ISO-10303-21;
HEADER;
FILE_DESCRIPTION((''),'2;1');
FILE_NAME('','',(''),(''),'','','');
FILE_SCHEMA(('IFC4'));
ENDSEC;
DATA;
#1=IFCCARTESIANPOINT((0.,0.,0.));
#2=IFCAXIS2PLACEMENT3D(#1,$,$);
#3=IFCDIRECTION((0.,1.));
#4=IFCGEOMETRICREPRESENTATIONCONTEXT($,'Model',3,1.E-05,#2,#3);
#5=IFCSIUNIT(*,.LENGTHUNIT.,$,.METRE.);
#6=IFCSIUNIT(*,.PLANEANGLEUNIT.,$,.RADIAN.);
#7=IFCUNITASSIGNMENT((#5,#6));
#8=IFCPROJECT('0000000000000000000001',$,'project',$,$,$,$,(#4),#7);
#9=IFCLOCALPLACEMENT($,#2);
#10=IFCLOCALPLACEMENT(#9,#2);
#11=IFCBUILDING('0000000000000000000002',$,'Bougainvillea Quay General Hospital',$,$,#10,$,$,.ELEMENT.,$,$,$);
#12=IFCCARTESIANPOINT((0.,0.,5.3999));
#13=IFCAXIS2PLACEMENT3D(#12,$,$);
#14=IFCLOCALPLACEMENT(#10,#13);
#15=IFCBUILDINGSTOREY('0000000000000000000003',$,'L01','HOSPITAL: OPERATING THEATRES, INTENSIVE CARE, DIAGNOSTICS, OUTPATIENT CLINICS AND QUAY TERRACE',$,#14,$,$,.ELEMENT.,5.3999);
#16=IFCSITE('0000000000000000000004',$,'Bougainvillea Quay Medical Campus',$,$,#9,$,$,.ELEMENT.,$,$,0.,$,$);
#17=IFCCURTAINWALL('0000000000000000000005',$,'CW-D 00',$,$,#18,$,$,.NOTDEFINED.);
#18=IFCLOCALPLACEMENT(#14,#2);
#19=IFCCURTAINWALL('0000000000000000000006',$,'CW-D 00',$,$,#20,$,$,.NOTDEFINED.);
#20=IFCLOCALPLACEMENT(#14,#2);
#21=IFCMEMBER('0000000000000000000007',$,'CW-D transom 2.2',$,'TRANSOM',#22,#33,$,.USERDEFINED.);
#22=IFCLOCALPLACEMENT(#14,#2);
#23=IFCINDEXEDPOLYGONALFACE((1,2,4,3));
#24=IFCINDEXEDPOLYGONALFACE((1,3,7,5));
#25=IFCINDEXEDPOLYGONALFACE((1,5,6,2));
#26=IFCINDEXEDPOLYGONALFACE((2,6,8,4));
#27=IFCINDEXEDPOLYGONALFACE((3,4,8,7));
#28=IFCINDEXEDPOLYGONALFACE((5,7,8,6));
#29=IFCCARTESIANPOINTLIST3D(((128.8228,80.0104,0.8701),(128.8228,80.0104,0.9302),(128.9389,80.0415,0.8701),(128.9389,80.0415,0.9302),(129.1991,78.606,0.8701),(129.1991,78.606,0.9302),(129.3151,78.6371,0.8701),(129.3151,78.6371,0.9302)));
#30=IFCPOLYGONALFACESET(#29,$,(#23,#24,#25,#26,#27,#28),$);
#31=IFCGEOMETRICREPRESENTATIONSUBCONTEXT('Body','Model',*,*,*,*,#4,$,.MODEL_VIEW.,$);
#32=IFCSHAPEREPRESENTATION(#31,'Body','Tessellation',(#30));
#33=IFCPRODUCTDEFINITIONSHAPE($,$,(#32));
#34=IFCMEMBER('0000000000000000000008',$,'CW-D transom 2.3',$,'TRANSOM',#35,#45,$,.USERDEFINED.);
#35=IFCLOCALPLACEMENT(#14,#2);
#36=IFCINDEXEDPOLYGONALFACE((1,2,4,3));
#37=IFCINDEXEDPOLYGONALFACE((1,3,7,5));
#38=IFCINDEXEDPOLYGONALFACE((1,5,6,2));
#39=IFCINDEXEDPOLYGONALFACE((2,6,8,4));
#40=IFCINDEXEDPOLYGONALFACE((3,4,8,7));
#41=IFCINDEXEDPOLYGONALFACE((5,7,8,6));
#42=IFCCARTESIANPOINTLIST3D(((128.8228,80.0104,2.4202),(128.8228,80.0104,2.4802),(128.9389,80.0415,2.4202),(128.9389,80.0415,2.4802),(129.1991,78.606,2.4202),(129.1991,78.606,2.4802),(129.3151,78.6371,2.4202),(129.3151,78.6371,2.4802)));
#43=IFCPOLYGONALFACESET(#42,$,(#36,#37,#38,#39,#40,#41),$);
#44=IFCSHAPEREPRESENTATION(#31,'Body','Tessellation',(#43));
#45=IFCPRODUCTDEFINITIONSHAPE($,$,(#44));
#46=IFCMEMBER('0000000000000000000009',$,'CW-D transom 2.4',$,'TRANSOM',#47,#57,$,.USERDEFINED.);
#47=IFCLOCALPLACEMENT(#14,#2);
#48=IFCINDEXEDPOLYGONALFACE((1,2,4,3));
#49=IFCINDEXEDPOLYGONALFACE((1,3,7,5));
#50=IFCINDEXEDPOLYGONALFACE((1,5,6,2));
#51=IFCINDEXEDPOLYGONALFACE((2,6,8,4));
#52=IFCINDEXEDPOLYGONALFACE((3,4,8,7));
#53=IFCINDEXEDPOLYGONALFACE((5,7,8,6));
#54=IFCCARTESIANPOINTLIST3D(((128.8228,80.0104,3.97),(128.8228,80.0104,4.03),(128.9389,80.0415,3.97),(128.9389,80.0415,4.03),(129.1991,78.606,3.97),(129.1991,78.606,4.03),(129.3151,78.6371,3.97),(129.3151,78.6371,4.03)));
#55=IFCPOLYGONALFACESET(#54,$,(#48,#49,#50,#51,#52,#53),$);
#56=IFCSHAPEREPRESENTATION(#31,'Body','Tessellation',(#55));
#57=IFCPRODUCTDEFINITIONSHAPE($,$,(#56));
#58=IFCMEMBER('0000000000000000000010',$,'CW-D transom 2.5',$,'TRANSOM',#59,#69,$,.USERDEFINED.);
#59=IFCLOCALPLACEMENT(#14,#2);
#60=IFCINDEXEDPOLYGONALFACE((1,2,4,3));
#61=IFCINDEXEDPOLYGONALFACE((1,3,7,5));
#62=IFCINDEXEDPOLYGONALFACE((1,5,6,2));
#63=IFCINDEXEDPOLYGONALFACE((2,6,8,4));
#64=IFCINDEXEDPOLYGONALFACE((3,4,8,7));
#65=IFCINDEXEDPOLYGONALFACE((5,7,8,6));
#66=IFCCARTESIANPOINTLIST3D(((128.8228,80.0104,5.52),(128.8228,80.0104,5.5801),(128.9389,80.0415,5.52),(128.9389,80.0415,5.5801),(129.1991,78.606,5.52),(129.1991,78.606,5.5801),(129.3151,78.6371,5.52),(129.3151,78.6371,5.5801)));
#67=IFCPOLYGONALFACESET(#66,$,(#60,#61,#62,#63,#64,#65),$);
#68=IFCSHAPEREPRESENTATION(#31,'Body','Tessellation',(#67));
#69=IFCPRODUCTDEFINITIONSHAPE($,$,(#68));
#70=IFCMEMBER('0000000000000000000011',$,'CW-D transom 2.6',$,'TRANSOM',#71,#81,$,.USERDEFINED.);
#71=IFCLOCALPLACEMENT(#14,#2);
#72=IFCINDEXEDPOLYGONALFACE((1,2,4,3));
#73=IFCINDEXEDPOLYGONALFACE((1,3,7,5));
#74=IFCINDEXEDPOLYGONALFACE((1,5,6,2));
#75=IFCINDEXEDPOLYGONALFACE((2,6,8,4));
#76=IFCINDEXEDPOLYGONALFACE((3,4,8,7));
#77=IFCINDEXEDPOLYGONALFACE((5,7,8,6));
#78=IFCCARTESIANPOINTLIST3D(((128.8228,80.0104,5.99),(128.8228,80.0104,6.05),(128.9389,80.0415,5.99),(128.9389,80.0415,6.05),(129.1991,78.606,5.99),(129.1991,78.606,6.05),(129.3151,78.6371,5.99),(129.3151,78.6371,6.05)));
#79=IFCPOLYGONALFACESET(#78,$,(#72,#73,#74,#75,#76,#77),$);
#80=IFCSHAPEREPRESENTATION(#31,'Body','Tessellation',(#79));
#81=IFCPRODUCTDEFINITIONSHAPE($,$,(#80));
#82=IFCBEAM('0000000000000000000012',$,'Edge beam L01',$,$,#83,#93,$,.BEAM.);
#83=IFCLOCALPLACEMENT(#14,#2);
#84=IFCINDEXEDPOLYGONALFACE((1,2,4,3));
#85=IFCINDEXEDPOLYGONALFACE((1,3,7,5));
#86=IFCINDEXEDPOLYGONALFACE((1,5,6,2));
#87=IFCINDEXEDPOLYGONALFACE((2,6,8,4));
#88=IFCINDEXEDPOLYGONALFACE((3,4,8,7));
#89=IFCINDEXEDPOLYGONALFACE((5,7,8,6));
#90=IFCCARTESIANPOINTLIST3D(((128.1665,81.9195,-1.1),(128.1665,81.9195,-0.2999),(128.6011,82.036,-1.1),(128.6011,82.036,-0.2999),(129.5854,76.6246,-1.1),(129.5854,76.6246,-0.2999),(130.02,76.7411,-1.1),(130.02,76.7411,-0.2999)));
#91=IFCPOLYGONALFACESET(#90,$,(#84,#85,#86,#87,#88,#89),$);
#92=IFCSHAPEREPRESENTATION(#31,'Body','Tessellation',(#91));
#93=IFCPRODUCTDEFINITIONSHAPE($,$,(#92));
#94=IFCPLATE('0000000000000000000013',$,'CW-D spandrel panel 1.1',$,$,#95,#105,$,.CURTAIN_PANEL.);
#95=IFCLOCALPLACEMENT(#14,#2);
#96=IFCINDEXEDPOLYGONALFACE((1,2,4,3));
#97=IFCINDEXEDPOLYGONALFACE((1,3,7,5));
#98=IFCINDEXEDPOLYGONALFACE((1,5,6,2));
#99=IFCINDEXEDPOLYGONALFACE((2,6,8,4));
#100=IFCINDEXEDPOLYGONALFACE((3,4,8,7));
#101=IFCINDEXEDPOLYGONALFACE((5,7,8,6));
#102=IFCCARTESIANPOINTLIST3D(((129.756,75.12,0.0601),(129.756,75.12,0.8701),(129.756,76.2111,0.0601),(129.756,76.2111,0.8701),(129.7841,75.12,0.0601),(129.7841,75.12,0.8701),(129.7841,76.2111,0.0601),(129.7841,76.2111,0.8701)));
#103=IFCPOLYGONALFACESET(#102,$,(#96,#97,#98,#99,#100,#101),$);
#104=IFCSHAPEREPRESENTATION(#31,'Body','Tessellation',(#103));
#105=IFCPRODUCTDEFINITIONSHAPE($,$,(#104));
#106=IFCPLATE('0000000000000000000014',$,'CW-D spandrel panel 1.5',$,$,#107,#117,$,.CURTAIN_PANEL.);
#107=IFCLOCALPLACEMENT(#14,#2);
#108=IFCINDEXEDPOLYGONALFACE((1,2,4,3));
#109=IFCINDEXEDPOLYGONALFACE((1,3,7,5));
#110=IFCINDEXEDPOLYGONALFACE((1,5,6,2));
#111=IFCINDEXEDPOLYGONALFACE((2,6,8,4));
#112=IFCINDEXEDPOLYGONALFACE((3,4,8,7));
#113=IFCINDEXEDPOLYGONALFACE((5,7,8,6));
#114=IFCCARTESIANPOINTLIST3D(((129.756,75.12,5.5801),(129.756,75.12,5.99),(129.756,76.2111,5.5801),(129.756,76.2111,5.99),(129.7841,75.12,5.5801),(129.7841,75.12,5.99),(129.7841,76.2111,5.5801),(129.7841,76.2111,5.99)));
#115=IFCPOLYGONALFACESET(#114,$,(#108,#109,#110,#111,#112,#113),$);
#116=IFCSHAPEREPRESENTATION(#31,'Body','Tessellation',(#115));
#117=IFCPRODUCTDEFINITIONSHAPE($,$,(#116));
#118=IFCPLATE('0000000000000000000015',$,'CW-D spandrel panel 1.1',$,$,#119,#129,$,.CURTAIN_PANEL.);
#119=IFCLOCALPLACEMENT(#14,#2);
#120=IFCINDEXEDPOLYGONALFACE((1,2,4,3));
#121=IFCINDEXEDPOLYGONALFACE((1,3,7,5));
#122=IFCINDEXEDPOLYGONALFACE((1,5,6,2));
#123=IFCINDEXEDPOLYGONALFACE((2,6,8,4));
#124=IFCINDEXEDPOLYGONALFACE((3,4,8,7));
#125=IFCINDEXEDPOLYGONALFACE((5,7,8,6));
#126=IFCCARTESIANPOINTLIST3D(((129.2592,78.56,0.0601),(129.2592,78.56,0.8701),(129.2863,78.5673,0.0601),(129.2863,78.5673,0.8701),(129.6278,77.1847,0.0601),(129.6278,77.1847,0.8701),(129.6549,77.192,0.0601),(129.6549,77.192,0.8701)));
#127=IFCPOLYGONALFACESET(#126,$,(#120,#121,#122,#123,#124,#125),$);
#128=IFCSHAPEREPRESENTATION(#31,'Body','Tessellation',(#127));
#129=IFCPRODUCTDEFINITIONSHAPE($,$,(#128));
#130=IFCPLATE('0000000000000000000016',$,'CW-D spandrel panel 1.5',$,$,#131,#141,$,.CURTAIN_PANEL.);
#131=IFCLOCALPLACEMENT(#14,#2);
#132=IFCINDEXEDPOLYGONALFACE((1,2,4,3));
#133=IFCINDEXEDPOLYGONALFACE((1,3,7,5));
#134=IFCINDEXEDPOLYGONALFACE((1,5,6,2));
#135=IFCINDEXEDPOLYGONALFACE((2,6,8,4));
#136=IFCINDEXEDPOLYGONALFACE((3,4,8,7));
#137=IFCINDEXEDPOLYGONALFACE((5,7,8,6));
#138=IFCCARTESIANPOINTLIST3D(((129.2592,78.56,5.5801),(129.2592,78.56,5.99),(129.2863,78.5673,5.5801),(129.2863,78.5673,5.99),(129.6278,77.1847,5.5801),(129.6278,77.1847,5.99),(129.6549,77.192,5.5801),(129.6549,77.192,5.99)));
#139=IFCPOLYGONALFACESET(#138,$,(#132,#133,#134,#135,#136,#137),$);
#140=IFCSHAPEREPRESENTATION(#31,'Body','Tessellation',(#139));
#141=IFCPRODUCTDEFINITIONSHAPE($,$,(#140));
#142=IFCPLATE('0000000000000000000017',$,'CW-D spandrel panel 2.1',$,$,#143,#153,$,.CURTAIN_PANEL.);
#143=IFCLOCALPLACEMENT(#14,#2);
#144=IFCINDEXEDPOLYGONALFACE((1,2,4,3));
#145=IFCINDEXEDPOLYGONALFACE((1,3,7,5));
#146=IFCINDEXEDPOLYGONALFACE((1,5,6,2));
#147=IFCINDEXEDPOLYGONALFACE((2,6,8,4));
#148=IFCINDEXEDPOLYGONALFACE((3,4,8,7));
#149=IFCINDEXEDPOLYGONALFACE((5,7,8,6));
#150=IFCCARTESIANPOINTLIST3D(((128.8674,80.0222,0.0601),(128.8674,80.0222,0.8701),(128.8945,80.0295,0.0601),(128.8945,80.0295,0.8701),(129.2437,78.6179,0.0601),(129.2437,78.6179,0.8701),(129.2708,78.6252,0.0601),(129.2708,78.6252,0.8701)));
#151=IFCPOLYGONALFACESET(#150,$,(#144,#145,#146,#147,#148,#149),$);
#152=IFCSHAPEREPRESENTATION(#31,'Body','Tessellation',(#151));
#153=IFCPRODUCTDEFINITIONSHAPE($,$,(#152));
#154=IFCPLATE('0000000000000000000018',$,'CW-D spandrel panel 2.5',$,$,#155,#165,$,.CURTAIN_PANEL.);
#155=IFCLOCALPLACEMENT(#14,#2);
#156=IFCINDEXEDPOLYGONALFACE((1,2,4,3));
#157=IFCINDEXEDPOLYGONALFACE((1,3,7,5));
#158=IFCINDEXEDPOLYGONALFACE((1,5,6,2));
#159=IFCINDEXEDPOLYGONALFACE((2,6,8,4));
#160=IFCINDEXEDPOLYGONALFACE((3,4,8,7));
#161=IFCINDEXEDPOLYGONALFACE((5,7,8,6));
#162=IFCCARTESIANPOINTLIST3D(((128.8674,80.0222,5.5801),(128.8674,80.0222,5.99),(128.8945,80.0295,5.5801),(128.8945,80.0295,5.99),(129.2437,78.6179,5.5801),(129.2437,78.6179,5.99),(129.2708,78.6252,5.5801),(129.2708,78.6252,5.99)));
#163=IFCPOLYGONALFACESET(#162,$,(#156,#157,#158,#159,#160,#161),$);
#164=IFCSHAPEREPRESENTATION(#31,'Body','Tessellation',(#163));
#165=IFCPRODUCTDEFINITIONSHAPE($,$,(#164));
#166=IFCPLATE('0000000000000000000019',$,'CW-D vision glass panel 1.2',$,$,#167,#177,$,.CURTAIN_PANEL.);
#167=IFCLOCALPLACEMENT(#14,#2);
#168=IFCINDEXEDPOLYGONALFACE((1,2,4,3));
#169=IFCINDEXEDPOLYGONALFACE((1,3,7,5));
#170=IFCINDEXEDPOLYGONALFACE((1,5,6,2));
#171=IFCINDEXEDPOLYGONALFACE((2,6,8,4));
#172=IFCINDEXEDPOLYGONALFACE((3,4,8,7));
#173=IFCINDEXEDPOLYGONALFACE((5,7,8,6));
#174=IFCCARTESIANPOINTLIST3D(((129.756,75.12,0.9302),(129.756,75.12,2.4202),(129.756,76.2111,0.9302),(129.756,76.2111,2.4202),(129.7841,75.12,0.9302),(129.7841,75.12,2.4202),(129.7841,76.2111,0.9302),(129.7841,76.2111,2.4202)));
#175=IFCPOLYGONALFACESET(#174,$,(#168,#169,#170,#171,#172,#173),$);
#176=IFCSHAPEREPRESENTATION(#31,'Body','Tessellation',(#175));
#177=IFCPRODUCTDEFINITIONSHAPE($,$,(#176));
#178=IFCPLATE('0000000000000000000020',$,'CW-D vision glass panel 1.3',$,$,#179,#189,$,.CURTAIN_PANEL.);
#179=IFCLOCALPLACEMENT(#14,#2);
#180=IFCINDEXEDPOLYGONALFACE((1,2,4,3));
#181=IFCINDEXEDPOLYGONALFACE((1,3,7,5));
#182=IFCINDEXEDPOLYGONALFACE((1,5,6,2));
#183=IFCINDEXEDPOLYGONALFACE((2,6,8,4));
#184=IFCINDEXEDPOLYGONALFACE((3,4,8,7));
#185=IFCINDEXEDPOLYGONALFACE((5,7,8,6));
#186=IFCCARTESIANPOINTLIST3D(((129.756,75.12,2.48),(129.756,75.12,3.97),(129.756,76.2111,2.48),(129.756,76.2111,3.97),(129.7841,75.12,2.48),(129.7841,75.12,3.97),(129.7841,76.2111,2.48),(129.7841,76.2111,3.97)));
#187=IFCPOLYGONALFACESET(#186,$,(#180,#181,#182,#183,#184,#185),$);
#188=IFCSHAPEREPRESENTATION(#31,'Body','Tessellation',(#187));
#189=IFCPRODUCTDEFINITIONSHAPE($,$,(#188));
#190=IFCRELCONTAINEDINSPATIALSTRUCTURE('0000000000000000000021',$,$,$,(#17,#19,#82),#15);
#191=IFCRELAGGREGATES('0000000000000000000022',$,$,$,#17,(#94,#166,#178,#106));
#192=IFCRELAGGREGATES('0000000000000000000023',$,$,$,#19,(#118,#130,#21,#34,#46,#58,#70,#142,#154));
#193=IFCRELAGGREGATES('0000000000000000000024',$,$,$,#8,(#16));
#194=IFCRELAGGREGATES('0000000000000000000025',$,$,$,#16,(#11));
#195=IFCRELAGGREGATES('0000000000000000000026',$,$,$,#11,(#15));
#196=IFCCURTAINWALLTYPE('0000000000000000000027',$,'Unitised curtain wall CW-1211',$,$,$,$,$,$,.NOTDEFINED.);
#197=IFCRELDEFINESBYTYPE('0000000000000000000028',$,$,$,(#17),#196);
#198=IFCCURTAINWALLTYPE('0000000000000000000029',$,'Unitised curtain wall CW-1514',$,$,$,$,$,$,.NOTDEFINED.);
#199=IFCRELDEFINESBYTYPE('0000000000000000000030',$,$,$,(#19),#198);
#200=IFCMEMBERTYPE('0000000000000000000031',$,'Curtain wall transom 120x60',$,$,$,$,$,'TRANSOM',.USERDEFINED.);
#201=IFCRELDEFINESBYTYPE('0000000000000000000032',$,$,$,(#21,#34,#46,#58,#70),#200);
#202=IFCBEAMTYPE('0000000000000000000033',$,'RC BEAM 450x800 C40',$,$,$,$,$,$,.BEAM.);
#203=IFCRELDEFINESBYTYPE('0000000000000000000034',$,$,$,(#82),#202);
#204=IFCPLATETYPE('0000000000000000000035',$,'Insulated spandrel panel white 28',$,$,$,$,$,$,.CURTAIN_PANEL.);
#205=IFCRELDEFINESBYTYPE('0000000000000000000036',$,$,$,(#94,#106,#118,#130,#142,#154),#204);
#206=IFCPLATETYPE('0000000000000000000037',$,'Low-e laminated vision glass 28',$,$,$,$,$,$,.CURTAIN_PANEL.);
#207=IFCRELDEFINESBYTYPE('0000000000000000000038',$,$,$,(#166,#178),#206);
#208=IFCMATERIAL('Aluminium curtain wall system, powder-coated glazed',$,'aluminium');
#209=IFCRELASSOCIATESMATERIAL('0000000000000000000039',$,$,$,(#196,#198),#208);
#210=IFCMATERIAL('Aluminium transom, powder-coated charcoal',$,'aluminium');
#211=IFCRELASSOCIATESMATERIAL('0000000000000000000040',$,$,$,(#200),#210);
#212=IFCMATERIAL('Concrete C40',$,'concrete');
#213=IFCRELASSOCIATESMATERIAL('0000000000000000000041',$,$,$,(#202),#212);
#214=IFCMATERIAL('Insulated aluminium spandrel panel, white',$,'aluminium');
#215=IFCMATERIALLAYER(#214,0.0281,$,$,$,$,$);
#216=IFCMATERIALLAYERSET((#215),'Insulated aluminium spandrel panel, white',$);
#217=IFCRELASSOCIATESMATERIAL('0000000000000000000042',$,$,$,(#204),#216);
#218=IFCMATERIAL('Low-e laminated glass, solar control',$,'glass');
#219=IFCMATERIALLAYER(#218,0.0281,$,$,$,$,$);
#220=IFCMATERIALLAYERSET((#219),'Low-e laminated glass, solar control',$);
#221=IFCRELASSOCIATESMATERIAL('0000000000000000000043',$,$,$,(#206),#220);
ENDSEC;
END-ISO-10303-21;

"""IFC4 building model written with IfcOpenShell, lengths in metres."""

from ifc_helpers import new_model, si_unit, direction, frame, origin, origin_2d, place, context, subcontext, project, spatial, rectangle, extrude, material, layer, layer_set, material_profile, profile_set, type_object, element, aggregate, save


model = new_model("IFC4")

# Units and contexts
model_context = context("Model", 3, precision=1e-05, world=origin(), true_north=direction((0.0, 1.0)))
body_context = subcontext(model_context, "Body", "Model", "MODEL_VIEW")
ifc_project = project(units=[si_unit("LENGTHUNIT", "METRE"), si_unit("PLANEANGLEUNIT", "RADIAN")], contexts=[model_context])

# Site, building, storey
site_placement = place(None, origin())
site = spatial("IfcSite", under=ifc_project, at=site_placement, Name="Bougainvillea Quay Medical Campus", CompositionType="ELEMENT", RefElevation=0.0)
building_placement = place(site_placement, origin())
building = spatial("IfcBuilding", under=site, at=building_placement, Name="Bougainvillea Quay General Hospital", CompositionType="ELEMENT")
storey_placement = place(building_placement, frame((0.0, 0.0, 5.3999)))
storey = spatial("IfcBuildingStorey", under=building, at=storey_placement, Name="L01", Description="HOSPITAL: OPERATING THEATRES, INTENSIVE CARE, DIAGNOSTICS, OUTPATIENT CLINICS AND QUAY TERRACE", CompositionType="ELEMENT", Elevation=5.3999)

# Curtain wall
ifc_material_1 = material(Name="Aluminium curtain wall system, powder-coated glazed", Category="aluminium")
curtain_wall_type_1 = type_object("IfcCurtainWallType", Name="Unitised curtain wall CW-1211", PredefinedType="NOTDEFINED", material=ifc_material_1)
curtain_wall_1_placement = place(storey_placement, origin())
curtain_wall_1 = element("IfcCurtainWall", 1, at=curtain_wall_1_placement, inside=storey, type_object=curtain_wall_type_1, Name="CW-D 00", PredefinedType="NOTDEFINED")

# Curtain wall, members
curtain_wall_type_2 = type_object("IfcCurtainWallType", Name="Unitised curtain wall CW-1514", PredefinedType="NOTDEFINED", material=ifc_material_1)
curtain_wall_2_placement = place(storey_placement, origin())
curtain_wall_2 = element("IfcCurtainWall", 2, at=curtain_wall_2_placement, inside=storey, type_object=curtain_wall_type_2, Name="CW-D 00", PredefinedType="NOTDEFINED")
ifc_material_2 = material(Name="Aluminium transom, powder-coated charcoal", Category="aluminium")
ifc_material_profile_1 = material_profile(ifc_material_2, rectangle(XDim=0.1201, YDim=0.0601, at=origin_2d()))
ifc_profile_set_1 = profile_set([ifc_material_profile_1], Name="Aluminium transom, powder-coated charcoal")
member_type_1 = type_object("IfcMemberType", Name="Curtain wall transom 120x60", ElementType="TRANSOM", PredefinedType="USERDEFINED", material=ifc_profile_set_1)
member_1_placement = place(storey_placement, frame((129.2571, 78.6216, 0.9001), z_axis=(-0.258781, 0.965936, 0.0), x_axis=(-0.965936, -0.258781, 0.0)))
member_1 = element("IfcMember", 3, at=member_1_placement, type_object=member_type_1, Name="CW-D transom 2.2", ObjectType="TRANSOM", PredefinedType="USERDEFINED", context=body_context, shape_type="SweptSolid", body=[
    extrude(rectangle(XDim=0.1201, YDim=0.0601, at=origin_2d()), origin(), (0.0, 0.0, 1.0), 1.4539),
])
member_2_placement = place(storey_placement, frame((129.2571, 78.6216, 2.4502), z_axis=(-0.258781, 0.965936, 0.0), x_axis=(-0.965936, -0.258781, 0.0)))
member_2 = element("IfcMember", 4, at=member_2_placement, type_object=member_type_1, Name="CW-D transom 2.3", ObjectType="TRANSOM", PredefinedType="USERDEFINED", context=body_context, shape_type="SweptSolid", body=[
    extrude(rectangle(XDim=0.1201, YDim=0.0601, at=origin_2d()), origin(), (0.0, 0.0, 1.0), 1.4539),
])
member_3_placement = place(storey_placement, frame((129.2571, 78.6216, 4.0), z_axis=(-0.258781, 0.965936, 0.0), x_axis=(-0.965936, -0.258781, 0.0)))
member_3 = element("IfcMember", 5, at=member_3_placement, type_object=member_type_1, Name="CW-D transom 2.4", ObjectType="TRANSOM", PredefinedType="USERDEFINED", context=body_context, shape_type="SweptSolid", body=[
    extrude(rectangle(XDim=0.1201, YDim=0.0601, at=origin_2d()), origin(), (0.0, 0.0, 1.0), 1.4539),
])
member_4_placement = place(storey_placement, frame((129.2571, 78.6216, 5.55), z_axis=(-0.258781, 0.965936, 0.0), x_axis=(-0.965936, -0.258781, 0.0)))
member_4 = element("IfcMember", 6, at=member_4_placement, type_object=member_type_1, Name="CW-D transom 2.5", ObjectType="TRANSOM", PredefinedType="USERDEFINED", context=body_context, shape_type="SweptSolid", body=[
    extrude(rectangle(XDim=0.1201, YDim=0.0601, at=origin_2d()), origin(), (0.0, 0.0, 1.0), 1.4539),
])
member_5_placement = place(storey_placement, frame((129.2571, 78.6216, 6.02), z_axis=(-0.258781, 0.965936, 0.0), x_axis=(-0.965936, -0.258781, 0.0)))
member_5 = element("IfcMember", 7, at=member_5_placement, type_object=member_type_1, Name="CW-D transom 2.6", ObjectType="TRANSOM", PredefinedType="USERDEFINED", context=body_context, shape_type="SweptSolid", body=[
    extrude(rectangle(XDim=0.1201, YDim=0.0601, at=origin_2d()), origin(), (0.0, 0.0, 1.0), 1.4539),
])

# Beam
ifc_material_3 = material(Name="Concrete C40", Category="concrete")
ifc_material_profile_2 = material_profile(ifc_material_3, rectangle(XDim=0.45, YDim=0.8, at=origin_2d()))
ifc_profile_set_2 = profile_set([ifc_material_profile_2], Name="Concrete C40")
beam_type = type_object("IfcBeamType", Name="RC BEAM 450x800 C40", PredefinedType="BEAM", material=ifc_profile_set_2)
beam_placement = place(storey_placement, frame((129.8027, 76.6829, -0.7), z_axis=(-0.258849, 0.965918, 0.0), x_axis=(-0.965918, -0.258849, 0.0)))
element("IfcBeam", 8, at=beam_placement, inside=storey, type_object=beam_type, Name="Edge beam L01", PredefinedType="BEAM", context=body_context, shape_type="SweptSolid", body=[
    extrude(rectangle(XDim=0.45, YDim=0.8, at=origin_2d()), origin(), (0.0, 0.0, 1.0), 5.4817),
])

# Plates
ifc_material_4 = material(Name="Insulated aluminium spandrel panel, white", Category="aluminium")
ifc_layer_1 = layer(ifc_material_4, 0.0281)
ifc_layer_set_1 = layer_set([ifc_layer_1], Name="Insulated aluminium spandrel panel, white")
plate_type_1 = type_object("IfcPlateType", Name="Insulated spandrel panel white 28", PredefinedType="CURTAIN_PANEL", material=ifc_layer_set_1)
plate_1_placement = place(storey_placement, frame((129.77, 75.6655, 0.0601), z_axis=(0.0, 0.0, 1.0), x_axis=(0.0, 1.0, 0.0)))
plate_1 = element("IfcPlate", 9, at=plate_1_placement, type_object=plate_type_1, Name="CW-D spandrel panel 1.1", PredefinedType="CURTAIN_PANEL", context=body_context, shape_type="SweptSolid", body=[
    extrude(rectangle(XDim=1.0911, YDim=0.0281, at=origin_2d()), origin(), (0.0, 0.0, 1.0), 0.8101),
])
plate_2_placement = place(storey_placement, frame((129.77, 75.6655, 5.5801), z_axis=(0.0, 0.0, 1.0), x_axis=(0.0, 1.0, 0.0)))
plate_2 = element("IfcPlate", 10, at=plate_2_placement, type_object=plate_type_1, Name="CW-D spandrel panel 1.5", PredefinedType="CURTAIN_PANEL", context=body_context, shape_type="SweptSolid", body=[
    extrude(rectangle(XDim=1.0911, YDim=0.0281, at=origin_2d()), origin(), (0.0, 0.0, 1.0), 0.4099),
])
plate_3_placement = place(storey_placement, frame((129.457, 77.876, 0.0601), z_axis=(0.0, 0.0, 1.0), x_axis=(-0.258855, 0.965916, 0.0)))
plate_3 = element("IfcPlate", 11, at=plate_3_placement, type_object=plate_type_1, Name="CW-D spandrel panel 1.1", PredefinedType="CURTAIN_PANEL", context=body_context, shape_type="SweptSolid", body=[
    extrude(rectangle(XDim=1.4238, YDim=0.0281, at=origin_2d()), origin(), (0.0, 0.0, 1.0), 0.8101),
])
plate_4_placement = place(storey_placement, frame((129.457, 77.876, 5.5801), z_axis=(0.0, 0.0, 1.0), x_axis=(-0.258855, 0.965916, 0.0)))
plate_4 = element("IfcPlate", 12, at=plate_4_placement, type_object=plate_type_1, Name="CW-D spandrel panel 1.5", PredefinedType="CURTAIN_PANEL", context=body_context, shape_type="SweptSolid", body=[
    extrude(rectangle(XDim=1.4238, YDim=0.0281, at=origin_2d()), origin(), (0.0, 0.0, 1.0), 0.4099),
])
plate_5_placement = place(storey_placement, frame((129.0691, 79.3237, 0.0601), z_axis=(0.0, 0.0, 1.0), x_axis=(-0.258855, 0.965916, 0.0)))
plate_5 = element("IfcPlate", 13, at=plate_5_placement, type_object=plate_type_1, Name="CW-D spandrel panel 2.1", PredefinedType="CURTAIN_PANEL", context=body_context, shape_type="SweptSolid", body=[
    extrude(rectangle(XDim=1.4539, YDim=0.0281, at=origin_2d()), origin(), (0.0, 0.0, 1.0), 0.8101),
])
plate_6_placement = place(storey_placement, frame((129.0691, 79.3237, 5.5801), z_axis=(0.0, 0.0, 1.0), x_axis=(-0.258855, 0.965916, 0.0)))
plate_6 = element("IfcPlate", 14, at=plate_6_placement, type_object=plate_type_1, Name="CW-D spandrel panel 2.5", PredefinedType="CURTAIN_PANEL", context=body_context, shape_type="SweptSolid", body=[
    extrude(rectangle(XDim=1.4539, YDim=0.0281, at=origin_2d()), origin(), (0.0, 0.0, 1.0), 0.4099),
])
ifc_material_5 = material(Name="Low-e laminated glass, solar control", Category="glass")
ifc_layer_2 = layer(ifc_material_5, 0.0281)
ifc_layer_set_2 = layer_set([ifc_layer_2], Name="Low-e laminated glass, solar control")
plate_type_2 = type_object("IfcPlateType", Name="Low-e laminated vision glass 28", PredefinedType="CURTAIN_PANEL", material=ifc_layer_set_2)
plate_7_placement = place(storey_placement, frame((129.77, 75.6655, 0.9302), z_axis=(0.0, 0.0, 1.0), x_axis=(0.0, 1.0, 0.0)))
plate_7 = element("IfcPlate", 15, at=plate_7_placement, type_object=plate_type_2, Name="CW-D vision glass panel 1.2", PredefinedType="CURTAIN_PANEL", context=body_context, shape_type="SweptSolid", body=[
    extrude(rectangle(XDim=1.0911, YDim=0.0281, at=origin_2d()), origin(), (0.0, 0.0, 1.0), 1.49),
])
plate_8_placement = place(storey_placement, frame((129.77, 75.6655, 2.48), z_axis=(0.0, 0.0, 1.0), x_axis=(0.0, 1.0, 0.0)))
plate_8 = element("IfcPlate", 16, at=plate_8_placement, type_object=plate_type_2, Name="CW-D vision glass panel 1.3", PredefinedType="CURTAIN_PANEL", context=body_context, shape_type="SweptSolid", body=[
    extrude(rectangle(XDim=1.0911, YDim=0.0281, at=origin_2d()), origin(), (0.0, 0.0, 1.0), 1.49),
])
aggregate(curtain_wall_1, [plate_1, plate_7, plate_8, plate_2])
aggregate(curtain_wall_2, [plate_3, plate_4, member_1, member_2, member_3, member_4, member_5, plate_5, plate_6])

save(model, "model.ifc")
